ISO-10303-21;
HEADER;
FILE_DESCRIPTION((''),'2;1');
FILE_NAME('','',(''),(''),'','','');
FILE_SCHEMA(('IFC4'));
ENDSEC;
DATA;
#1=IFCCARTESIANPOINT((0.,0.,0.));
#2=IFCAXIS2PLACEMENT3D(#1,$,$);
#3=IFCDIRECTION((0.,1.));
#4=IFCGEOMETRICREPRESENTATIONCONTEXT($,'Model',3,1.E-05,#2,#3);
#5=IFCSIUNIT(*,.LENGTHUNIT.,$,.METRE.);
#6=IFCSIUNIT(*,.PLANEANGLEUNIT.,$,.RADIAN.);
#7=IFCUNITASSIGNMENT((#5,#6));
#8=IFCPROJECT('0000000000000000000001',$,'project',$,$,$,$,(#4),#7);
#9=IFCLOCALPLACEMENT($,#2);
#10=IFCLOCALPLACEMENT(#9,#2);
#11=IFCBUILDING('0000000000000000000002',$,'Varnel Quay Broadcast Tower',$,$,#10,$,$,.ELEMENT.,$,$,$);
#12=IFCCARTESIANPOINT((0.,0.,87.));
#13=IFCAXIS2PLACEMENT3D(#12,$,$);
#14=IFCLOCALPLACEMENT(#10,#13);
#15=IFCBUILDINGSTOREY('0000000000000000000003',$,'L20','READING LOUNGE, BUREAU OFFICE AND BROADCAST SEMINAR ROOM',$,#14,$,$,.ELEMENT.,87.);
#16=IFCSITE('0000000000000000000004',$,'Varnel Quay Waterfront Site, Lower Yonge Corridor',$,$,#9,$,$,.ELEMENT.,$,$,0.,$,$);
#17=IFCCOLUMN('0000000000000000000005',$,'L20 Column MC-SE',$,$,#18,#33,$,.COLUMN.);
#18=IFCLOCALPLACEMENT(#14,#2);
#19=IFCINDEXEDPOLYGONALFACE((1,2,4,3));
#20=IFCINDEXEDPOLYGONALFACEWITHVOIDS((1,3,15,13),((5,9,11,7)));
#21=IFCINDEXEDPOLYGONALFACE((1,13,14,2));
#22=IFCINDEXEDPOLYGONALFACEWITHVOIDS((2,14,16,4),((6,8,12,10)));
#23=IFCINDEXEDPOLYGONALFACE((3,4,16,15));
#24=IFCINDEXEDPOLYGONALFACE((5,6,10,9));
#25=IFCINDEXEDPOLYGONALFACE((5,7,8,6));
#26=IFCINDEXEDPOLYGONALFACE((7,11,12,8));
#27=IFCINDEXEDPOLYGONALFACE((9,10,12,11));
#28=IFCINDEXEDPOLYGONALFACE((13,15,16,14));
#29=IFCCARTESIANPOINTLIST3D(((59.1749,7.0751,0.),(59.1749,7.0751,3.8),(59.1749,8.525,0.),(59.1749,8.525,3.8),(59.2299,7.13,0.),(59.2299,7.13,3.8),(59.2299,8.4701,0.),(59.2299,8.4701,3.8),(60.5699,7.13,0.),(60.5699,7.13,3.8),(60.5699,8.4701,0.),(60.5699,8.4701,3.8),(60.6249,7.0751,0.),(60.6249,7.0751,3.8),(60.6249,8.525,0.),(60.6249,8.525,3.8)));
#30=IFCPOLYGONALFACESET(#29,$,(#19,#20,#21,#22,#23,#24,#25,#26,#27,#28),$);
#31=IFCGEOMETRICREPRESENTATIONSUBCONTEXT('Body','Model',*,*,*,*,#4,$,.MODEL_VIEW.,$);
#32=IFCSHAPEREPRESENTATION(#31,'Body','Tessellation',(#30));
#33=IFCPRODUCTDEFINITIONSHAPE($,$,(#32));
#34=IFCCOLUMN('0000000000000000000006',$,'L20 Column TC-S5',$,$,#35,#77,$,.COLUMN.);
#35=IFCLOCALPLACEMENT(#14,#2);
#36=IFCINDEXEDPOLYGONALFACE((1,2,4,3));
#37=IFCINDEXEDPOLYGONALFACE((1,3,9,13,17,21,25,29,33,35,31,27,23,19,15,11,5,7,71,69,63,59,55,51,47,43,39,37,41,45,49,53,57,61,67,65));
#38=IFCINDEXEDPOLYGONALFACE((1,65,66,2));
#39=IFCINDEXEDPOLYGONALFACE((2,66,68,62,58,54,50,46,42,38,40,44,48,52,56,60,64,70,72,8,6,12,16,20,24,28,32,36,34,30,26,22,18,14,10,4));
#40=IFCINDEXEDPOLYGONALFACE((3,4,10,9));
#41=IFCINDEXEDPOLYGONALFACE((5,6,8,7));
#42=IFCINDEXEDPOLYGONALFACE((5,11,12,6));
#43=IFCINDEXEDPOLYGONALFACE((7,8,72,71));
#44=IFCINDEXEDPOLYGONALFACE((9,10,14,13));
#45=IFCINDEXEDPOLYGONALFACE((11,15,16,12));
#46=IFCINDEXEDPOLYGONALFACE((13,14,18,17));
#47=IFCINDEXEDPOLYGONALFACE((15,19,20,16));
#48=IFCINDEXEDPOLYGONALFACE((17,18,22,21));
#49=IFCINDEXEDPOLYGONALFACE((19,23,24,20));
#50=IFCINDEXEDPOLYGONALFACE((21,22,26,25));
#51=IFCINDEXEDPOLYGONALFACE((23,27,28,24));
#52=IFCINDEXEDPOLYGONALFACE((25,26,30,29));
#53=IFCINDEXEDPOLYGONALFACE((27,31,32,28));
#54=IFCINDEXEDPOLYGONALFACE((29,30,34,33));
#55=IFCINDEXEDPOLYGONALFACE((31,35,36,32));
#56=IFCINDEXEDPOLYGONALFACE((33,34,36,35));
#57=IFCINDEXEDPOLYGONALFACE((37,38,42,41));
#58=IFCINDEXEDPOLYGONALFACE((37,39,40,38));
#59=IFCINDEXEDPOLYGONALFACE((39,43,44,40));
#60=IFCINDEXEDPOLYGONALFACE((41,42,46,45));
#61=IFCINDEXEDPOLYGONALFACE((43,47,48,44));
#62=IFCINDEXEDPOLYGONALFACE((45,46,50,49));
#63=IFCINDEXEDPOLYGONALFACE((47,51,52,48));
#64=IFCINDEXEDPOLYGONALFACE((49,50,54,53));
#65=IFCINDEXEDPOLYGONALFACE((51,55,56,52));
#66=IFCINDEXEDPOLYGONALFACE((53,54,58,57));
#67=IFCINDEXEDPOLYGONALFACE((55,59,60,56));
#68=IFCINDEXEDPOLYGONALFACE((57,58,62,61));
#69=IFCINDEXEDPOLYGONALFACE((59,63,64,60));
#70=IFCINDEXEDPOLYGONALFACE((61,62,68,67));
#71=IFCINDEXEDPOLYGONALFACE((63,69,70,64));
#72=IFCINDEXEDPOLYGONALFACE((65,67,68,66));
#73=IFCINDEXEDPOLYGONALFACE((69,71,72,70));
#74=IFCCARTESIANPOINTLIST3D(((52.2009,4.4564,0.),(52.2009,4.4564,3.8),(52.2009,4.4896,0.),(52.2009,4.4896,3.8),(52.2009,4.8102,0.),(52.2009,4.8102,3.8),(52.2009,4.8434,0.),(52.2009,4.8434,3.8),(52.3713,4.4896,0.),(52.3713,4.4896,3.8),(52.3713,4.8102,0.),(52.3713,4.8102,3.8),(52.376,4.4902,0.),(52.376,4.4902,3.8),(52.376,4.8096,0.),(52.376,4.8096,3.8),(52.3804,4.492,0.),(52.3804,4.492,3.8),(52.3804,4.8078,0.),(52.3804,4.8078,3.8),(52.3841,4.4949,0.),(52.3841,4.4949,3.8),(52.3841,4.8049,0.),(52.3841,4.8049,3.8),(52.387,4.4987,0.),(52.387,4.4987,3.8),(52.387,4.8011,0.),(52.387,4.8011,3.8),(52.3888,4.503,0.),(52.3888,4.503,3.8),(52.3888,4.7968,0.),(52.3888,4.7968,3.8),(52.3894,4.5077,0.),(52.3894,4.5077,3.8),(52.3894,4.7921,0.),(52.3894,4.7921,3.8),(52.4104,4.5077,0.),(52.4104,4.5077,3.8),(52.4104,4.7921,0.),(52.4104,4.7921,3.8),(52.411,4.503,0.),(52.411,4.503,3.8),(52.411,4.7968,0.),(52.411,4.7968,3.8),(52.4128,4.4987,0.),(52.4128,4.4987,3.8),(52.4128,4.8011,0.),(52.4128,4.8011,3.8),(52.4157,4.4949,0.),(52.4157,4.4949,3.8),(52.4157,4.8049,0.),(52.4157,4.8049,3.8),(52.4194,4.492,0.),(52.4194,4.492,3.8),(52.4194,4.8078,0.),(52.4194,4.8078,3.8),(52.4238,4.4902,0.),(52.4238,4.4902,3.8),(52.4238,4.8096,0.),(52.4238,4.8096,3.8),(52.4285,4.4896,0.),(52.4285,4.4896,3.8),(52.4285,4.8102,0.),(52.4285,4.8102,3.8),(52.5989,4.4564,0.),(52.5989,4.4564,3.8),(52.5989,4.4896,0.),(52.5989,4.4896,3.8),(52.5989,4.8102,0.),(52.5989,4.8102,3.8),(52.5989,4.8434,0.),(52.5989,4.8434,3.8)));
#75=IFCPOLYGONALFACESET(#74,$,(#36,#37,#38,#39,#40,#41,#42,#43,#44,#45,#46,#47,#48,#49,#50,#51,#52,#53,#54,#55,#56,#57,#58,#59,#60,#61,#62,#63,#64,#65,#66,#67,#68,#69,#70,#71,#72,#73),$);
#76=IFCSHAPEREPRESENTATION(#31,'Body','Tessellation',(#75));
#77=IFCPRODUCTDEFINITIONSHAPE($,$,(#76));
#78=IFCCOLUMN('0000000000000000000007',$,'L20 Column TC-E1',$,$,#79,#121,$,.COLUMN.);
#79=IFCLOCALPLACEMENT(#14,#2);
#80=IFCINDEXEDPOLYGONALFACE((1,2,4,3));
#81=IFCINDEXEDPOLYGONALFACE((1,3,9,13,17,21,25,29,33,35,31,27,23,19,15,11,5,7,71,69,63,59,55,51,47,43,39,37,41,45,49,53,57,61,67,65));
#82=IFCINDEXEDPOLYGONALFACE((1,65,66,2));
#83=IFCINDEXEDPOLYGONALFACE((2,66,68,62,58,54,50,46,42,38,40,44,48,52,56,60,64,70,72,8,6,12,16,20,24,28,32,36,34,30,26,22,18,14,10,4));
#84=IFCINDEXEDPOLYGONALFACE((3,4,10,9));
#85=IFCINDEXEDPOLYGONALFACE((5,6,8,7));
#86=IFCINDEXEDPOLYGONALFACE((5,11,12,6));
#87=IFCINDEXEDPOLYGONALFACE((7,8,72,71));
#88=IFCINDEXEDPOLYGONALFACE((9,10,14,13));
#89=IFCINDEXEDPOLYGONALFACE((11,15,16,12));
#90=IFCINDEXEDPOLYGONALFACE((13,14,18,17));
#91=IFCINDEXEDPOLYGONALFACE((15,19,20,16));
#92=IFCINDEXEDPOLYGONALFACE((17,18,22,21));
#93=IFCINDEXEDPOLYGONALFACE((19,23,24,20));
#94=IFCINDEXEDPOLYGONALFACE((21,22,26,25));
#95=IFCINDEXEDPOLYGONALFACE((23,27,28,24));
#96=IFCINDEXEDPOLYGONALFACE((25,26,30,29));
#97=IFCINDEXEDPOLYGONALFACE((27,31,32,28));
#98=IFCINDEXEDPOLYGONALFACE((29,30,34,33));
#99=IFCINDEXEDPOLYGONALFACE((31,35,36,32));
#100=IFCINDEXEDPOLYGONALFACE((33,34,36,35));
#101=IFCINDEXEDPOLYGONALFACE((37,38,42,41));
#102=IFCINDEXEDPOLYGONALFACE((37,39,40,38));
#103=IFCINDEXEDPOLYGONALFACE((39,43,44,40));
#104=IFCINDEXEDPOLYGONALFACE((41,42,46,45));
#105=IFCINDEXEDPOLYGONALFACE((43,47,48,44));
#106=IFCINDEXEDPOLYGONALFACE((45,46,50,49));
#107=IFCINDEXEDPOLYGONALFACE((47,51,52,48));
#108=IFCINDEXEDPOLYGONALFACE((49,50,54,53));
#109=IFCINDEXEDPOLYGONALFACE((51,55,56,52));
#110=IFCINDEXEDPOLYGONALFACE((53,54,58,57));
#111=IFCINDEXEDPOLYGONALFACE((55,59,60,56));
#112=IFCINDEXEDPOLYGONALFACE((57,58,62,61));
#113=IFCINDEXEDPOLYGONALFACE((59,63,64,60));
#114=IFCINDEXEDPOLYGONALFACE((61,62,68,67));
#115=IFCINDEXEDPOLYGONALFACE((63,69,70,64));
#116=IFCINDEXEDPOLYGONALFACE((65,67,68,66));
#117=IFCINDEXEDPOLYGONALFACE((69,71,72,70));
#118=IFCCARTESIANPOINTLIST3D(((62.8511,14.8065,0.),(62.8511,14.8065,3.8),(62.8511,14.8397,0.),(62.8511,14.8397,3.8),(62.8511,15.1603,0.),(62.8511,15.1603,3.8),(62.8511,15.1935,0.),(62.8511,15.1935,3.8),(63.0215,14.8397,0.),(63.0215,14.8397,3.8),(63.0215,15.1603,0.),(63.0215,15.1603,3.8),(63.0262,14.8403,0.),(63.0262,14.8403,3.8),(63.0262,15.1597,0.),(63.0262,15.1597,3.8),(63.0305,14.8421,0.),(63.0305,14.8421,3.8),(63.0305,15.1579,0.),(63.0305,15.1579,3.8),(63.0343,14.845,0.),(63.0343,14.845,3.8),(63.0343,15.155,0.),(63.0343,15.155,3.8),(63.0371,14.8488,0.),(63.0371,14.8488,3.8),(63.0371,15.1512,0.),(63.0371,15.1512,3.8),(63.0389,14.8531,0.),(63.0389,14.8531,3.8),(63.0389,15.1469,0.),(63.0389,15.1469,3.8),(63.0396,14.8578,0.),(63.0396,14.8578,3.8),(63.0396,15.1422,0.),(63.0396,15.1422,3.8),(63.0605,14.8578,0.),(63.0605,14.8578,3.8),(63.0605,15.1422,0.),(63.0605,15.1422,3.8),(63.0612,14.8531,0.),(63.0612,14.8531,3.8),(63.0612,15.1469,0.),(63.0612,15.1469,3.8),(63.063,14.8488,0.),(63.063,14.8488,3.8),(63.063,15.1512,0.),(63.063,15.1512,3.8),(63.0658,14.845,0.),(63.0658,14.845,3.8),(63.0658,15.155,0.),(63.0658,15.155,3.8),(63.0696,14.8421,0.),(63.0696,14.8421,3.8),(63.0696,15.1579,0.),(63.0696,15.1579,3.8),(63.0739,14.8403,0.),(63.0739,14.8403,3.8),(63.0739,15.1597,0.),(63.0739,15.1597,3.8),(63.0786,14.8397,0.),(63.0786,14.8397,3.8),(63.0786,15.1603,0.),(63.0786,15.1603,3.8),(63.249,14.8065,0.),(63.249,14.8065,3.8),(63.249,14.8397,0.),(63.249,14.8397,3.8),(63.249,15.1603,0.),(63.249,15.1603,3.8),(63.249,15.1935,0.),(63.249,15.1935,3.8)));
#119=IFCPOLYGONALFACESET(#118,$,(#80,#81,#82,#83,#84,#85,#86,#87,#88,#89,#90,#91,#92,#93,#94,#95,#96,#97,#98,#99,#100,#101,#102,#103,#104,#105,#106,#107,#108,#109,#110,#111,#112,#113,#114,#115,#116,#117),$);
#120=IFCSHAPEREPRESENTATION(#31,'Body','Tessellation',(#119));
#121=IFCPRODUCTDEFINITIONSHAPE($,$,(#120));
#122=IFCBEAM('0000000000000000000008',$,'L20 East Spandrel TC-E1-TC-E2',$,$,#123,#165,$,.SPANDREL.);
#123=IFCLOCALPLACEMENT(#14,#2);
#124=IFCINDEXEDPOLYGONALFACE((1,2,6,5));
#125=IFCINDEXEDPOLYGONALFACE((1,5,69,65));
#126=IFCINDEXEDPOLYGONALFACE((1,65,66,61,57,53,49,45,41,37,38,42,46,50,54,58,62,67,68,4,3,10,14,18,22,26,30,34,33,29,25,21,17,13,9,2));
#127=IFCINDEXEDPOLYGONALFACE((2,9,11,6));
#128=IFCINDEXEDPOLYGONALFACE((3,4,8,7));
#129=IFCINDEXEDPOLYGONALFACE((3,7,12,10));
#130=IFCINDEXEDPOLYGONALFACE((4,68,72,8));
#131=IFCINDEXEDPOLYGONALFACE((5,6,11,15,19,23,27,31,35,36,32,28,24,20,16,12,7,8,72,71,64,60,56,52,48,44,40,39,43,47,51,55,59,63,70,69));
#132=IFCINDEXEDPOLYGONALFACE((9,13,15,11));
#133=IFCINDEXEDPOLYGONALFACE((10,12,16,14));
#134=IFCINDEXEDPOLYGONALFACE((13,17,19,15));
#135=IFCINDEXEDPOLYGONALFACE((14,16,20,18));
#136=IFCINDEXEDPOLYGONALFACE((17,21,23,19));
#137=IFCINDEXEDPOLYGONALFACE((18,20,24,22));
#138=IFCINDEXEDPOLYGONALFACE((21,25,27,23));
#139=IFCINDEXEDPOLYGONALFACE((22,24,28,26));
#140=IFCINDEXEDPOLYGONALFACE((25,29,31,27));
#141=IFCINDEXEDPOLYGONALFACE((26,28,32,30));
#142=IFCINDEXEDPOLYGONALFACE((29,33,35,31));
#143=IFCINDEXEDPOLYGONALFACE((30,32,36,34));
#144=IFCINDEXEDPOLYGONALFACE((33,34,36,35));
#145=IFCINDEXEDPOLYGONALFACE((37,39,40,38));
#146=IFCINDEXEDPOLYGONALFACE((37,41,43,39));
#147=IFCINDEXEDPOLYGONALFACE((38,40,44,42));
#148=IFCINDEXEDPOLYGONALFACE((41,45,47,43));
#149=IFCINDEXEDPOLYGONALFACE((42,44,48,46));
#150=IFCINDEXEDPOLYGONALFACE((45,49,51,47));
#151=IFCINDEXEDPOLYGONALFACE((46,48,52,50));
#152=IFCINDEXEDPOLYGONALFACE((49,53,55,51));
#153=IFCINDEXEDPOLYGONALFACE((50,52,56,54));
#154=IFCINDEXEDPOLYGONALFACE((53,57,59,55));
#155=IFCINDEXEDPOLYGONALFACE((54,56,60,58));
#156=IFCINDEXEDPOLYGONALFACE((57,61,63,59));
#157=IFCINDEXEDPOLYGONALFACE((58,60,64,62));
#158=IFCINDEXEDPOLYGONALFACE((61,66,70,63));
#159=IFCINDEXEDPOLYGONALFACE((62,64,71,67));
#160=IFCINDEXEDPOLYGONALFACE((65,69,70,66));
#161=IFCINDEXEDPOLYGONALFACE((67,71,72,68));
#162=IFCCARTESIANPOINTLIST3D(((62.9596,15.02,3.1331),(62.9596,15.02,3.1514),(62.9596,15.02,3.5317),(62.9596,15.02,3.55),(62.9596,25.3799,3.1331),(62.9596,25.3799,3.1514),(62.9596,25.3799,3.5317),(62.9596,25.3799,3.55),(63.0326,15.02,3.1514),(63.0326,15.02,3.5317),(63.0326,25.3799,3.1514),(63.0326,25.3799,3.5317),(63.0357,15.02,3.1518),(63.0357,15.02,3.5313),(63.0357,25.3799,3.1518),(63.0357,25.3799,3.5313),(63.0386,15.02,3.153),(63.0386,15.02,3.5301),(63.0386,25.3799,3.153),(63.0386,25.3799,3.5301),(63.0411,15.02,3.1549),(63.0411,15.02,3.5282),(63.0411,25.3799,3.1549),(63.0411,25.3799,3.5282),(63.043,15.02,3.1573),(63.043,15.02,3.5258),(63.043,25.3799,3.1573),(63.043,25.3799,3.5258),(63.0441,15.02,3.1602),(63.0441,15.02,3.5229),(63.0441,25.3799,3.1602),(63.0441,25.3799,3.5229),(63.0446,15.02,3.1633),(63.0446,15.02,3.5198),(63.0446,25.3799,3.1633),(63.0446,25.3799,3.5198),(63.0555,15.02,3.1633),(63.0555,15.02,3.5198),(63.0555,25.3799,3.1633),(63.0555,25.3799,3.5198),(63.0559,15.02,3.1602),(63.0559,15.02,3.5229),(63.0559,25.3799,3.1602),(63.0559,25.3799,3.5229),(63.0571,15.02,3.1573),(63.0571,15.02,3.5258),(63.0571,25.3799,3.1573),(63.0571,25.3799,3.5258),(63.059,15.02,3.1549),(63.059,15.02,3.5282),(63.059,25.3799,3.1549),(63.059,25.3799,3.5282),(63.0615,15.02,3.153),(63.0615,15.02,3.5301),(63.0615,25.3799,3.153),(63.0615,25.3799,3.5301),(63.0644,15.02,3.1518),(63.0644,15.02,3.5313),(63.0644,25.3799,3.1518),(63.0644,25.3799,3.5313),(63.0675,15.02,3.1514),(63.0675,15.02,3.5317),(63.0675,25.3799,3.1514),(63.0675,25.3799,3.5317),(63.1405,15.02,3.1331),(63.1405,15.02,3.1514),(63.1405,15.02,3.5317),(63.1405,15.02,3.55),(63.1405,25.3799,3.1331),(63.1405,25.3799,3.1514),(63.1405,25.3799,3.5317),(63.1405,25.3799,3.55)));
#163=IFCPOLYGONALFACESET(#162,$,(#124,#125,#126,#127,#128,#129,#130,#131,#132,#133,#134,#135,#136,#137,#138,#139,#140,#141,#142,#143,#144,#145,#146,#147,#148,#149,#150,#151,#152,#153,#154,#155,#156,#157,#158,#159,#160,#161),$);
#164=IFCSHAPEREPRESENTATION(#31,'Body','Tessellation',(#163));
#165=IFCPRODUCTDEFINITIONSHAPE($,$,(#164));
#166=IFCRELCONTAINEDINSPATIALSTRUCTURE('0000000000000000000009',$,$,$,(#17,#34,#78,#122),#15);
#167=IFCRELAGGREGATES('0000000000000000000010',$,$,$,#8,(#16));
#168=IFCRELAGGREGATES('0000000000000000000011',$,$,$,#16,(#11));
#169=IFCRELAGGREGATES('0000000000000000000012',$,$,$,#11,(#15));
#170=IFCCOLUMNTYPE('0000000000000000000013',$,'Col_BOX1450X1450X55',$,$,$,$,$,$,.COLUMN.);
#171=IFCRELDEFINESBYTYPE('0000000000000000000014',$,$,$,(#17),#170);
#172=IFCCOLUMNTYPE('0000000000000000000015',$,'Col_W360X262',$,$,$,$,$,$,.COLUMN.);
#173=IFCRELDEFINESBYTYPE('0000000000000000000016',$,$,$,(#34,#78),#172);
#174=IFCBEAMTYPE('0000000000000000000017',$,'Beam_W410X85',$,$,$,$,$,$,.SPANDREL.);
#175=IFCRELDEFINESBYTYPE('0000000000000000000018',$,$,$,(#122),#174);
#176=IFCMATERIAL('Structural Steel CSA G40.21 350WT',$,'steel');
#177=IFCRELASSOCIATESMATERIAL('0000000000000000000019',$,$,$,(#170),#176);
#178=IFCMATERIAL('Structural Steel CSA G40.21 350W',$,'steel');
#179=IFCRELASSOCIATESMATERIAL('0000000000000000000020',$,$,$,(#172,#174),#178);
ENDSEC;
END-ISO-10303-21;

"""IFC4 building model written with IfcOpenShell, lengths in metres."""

from ifc_helpers import new_model, si_unit, direction, frame, origin, origin_2d, place, context, subcontext, project, spatial, hollow_rectangle, i_section, extrude, source, transform, mapped, material, material_profile, profile_set, type_object, type_shapes, element, save


model = new_model("IFC4")

# Units and contexts
model_context = context("Model", 3, precision=1e-05, world=origin(), true_north=direction((0.0, 1.0)))
body_context = subcontext(model_context, "Body", "Model", "MODEL_VIEW")
ifc_project = project(units=[si_unit("LENGTHUNIT", "METRE"), si_unit("PLANEANGLEUNIT", "RADIAN")], contexts=[model_context])

# Site, building, storey
site_placement = place(None, origin())
site = spatial("IfcSite", under=ifc_project, at=site_placement, Name="Varnel Quay Waterfront Site, Lower Yonge Corridor", CompositionType="ELEMENT", RefElevation=0.0)
building_placement = place(site_placement, origin())
building = spatial("IfcBuilding", under=site, at=building_placement, Name="Varnel Quay Broadcast Tower", CompositionType="ELEMENT")
storey_placement = place(building_placement, frame((0.0, 0.0, 87.0)))
storey = spatial("IfcBuildingStorey", under=building, at=storey_placement, Name="L20", Description="READING LOUNGE, BUREAU OFFICE AND BROADCAST SEMINAR ROOM", CompositionType="ELEMENT", Elevation=87.0)

# Columns
ifc_material_1 = material(Name="Structural Steel CSA G40.21 350WT", Category="steel")
ifc_material_profile_1 = material_profile(ifc_material_1, hollow_rectangle(XDim=1.45, YDim=1.45, WallThickness=0.0549, at=origin_2d()), Name="BOX1450X1450X55")
ifc_profile_set_1 = profile_set([ifc_material_profile_1], Name="Structural Steel CSA G40.21 350WT")
column_type_1 = type_object("IfcColumnType", Name="Col_BOX1450X1450X55", PredefinedType="COLUMN", material=ifc_profile_set_1)
shared_shape_1 = source(origin(), body_context, "Body", "SweptSolid", [
    extrude(hollow_rectangle(XDim=1.45, YDim=1.45, WallThickness=0.0549, at=origin_2d()), origin(), (0.0, 0.0, 1.0), 3.8),
])
type_shapes(column_type_1, [shared_shape_1])
column_placement = place(storey_placement, frame((59.8999, 7.8, 0.0), z_axis=(0.0, 0.0, 1.0), x_axis=(1.0, 0.0, 0.0)))
element("IfcColumn", 1, at=column_placement, inside=storey, type_object=column_type_1, Name="L20 Column MC-SE", PredefinedType="COLUMN", context=body_context, shape_type="MappedRepresentation", body=[
    mapped(shared_shape_1, transform((0.0, 0.0, 0.0), x_axis=(1.0, 0.0, 0.0), y_axis=(0.0, 1.0, 0.0), z_axis=(0.0, 0.0, 1.0), scale=1.0)),
])
ifc_material_2 = material(Name="Structural Steel CSA G40.21 350W", Category="steel")
ifc_material_profile_2 = material_profile(ifc_material_2, i_section(OverallWidth=0.3979, OverallDepth=0.387, WebThickness=0.021, FlangeThickness=0.0332, FilletRadius=0.0181, at=origin_2d()), Name="W360X262")
ifc_profile_set_2 = profile_set([ifc_material_profile_2], Name="Structural Steel CSA G40.21 350W")
column_type_2 = type_object("IfcColumnType", Name="Col_W360X262", PredefinedType="COLUMN", material=ifc_profile_set_2)
shared_shape_2 = source(origin(), body_context, "Body", "SweptSolid", [
    extrude(i_section(OverallWidth=0.3979, OverallDepth=0.387, WebThickness=0.021, FlangeThickness=0.0332, FilletRadius=0.0181, at=origin_2d()), origin(), (0.0, 0.0, 1.0), 3.8),
])
type_shapes(column_type_2, [shared_shape_2])
for number, where, z_axis, x_axis, name in (
    (2, (52.3999, 4.6499, 0.0), (0.0, 0.0, 1.0), (1.0, 0.0, 0.0), "L20 Column TC-S5"),
    (3, (63.05, 15.0, 0.0), (0.0, 0.0, 1.0), (1.0, 0.0, 0.0), "L20 Column TC-E1"),
):
    element("IfcColumn", number, at=place(storey_placement, frame(where, z_axis=z_axis, x_axis=x_axis)), inside=storey, type_object=column_type_2, Name=name, PredefinedType="COLUMN", context=body_context, shape_type="MappedRepresentation", body=[
        mapped(shared_shape_2, transform((0.0, 0.0, 0.0), x_axis=(1.0, 0.0, 0.0), y_axis=(0.0, 1.0, 0.0), z_axis=(0.0, 0.0, 1.0), scale=1.0)),
    ])

# Beam
ifc_material_profile_3 = material_profile(ifc_material_2, i_section(OverallWidth=0.1809, OverallDepth=0.417, WebThickness=0.011, FlangeThickness=0.0183, FilletRadius=0.012, at=origin_2d()), Name="W410X85")
ifc_profile_set_3 = profile_set([ifc_material_profile_3], Name="Structural Steel CSA G40.21 350W")
beam_type = type_object("IfcBeamType", Name="Beam_W410X85", PredefinedType="SPANDREL", material=ifc_profile_set_3)
shared_shape_3 = source(origin(), body_context, "Body", "SweptSolid", [
    extrude(i_section(OverallWidth=0.1809, OverallDepth=0.417, WebThickness=0.011, FlangeThickness=0.0183, FilletRadius=0.012, at=origin_2d()), origin(), (0.0, 0.0, 1.0), 10.3599),
])
beam_1_placement = place(storey_placement, frame((63.05, 15.02, 3.3416), z_axis=(0.0, 1.0, 0.0), x_axis=(-1.0, 0.0, 0.0)))
element("IfcBeam", 4, at=beam_1_placement, inside=storey, type_object=beam_type, Name="L20 East Spandrel TC-E1-TC-E2", PredefinedType="SPANDREL", context=body_context, shape_type="MappedRepresentation", body=[
    mapped(shared_shape_3, transform((0.0, 0.0, 0.0), x_axis=(1.0, 0.0, 0.0), y_axis=(0.0, 1.0, 0.0), z_axis=(0.0, 0.0, 1.0), scale=1.0)),
])

save(model, "model.ifc")
